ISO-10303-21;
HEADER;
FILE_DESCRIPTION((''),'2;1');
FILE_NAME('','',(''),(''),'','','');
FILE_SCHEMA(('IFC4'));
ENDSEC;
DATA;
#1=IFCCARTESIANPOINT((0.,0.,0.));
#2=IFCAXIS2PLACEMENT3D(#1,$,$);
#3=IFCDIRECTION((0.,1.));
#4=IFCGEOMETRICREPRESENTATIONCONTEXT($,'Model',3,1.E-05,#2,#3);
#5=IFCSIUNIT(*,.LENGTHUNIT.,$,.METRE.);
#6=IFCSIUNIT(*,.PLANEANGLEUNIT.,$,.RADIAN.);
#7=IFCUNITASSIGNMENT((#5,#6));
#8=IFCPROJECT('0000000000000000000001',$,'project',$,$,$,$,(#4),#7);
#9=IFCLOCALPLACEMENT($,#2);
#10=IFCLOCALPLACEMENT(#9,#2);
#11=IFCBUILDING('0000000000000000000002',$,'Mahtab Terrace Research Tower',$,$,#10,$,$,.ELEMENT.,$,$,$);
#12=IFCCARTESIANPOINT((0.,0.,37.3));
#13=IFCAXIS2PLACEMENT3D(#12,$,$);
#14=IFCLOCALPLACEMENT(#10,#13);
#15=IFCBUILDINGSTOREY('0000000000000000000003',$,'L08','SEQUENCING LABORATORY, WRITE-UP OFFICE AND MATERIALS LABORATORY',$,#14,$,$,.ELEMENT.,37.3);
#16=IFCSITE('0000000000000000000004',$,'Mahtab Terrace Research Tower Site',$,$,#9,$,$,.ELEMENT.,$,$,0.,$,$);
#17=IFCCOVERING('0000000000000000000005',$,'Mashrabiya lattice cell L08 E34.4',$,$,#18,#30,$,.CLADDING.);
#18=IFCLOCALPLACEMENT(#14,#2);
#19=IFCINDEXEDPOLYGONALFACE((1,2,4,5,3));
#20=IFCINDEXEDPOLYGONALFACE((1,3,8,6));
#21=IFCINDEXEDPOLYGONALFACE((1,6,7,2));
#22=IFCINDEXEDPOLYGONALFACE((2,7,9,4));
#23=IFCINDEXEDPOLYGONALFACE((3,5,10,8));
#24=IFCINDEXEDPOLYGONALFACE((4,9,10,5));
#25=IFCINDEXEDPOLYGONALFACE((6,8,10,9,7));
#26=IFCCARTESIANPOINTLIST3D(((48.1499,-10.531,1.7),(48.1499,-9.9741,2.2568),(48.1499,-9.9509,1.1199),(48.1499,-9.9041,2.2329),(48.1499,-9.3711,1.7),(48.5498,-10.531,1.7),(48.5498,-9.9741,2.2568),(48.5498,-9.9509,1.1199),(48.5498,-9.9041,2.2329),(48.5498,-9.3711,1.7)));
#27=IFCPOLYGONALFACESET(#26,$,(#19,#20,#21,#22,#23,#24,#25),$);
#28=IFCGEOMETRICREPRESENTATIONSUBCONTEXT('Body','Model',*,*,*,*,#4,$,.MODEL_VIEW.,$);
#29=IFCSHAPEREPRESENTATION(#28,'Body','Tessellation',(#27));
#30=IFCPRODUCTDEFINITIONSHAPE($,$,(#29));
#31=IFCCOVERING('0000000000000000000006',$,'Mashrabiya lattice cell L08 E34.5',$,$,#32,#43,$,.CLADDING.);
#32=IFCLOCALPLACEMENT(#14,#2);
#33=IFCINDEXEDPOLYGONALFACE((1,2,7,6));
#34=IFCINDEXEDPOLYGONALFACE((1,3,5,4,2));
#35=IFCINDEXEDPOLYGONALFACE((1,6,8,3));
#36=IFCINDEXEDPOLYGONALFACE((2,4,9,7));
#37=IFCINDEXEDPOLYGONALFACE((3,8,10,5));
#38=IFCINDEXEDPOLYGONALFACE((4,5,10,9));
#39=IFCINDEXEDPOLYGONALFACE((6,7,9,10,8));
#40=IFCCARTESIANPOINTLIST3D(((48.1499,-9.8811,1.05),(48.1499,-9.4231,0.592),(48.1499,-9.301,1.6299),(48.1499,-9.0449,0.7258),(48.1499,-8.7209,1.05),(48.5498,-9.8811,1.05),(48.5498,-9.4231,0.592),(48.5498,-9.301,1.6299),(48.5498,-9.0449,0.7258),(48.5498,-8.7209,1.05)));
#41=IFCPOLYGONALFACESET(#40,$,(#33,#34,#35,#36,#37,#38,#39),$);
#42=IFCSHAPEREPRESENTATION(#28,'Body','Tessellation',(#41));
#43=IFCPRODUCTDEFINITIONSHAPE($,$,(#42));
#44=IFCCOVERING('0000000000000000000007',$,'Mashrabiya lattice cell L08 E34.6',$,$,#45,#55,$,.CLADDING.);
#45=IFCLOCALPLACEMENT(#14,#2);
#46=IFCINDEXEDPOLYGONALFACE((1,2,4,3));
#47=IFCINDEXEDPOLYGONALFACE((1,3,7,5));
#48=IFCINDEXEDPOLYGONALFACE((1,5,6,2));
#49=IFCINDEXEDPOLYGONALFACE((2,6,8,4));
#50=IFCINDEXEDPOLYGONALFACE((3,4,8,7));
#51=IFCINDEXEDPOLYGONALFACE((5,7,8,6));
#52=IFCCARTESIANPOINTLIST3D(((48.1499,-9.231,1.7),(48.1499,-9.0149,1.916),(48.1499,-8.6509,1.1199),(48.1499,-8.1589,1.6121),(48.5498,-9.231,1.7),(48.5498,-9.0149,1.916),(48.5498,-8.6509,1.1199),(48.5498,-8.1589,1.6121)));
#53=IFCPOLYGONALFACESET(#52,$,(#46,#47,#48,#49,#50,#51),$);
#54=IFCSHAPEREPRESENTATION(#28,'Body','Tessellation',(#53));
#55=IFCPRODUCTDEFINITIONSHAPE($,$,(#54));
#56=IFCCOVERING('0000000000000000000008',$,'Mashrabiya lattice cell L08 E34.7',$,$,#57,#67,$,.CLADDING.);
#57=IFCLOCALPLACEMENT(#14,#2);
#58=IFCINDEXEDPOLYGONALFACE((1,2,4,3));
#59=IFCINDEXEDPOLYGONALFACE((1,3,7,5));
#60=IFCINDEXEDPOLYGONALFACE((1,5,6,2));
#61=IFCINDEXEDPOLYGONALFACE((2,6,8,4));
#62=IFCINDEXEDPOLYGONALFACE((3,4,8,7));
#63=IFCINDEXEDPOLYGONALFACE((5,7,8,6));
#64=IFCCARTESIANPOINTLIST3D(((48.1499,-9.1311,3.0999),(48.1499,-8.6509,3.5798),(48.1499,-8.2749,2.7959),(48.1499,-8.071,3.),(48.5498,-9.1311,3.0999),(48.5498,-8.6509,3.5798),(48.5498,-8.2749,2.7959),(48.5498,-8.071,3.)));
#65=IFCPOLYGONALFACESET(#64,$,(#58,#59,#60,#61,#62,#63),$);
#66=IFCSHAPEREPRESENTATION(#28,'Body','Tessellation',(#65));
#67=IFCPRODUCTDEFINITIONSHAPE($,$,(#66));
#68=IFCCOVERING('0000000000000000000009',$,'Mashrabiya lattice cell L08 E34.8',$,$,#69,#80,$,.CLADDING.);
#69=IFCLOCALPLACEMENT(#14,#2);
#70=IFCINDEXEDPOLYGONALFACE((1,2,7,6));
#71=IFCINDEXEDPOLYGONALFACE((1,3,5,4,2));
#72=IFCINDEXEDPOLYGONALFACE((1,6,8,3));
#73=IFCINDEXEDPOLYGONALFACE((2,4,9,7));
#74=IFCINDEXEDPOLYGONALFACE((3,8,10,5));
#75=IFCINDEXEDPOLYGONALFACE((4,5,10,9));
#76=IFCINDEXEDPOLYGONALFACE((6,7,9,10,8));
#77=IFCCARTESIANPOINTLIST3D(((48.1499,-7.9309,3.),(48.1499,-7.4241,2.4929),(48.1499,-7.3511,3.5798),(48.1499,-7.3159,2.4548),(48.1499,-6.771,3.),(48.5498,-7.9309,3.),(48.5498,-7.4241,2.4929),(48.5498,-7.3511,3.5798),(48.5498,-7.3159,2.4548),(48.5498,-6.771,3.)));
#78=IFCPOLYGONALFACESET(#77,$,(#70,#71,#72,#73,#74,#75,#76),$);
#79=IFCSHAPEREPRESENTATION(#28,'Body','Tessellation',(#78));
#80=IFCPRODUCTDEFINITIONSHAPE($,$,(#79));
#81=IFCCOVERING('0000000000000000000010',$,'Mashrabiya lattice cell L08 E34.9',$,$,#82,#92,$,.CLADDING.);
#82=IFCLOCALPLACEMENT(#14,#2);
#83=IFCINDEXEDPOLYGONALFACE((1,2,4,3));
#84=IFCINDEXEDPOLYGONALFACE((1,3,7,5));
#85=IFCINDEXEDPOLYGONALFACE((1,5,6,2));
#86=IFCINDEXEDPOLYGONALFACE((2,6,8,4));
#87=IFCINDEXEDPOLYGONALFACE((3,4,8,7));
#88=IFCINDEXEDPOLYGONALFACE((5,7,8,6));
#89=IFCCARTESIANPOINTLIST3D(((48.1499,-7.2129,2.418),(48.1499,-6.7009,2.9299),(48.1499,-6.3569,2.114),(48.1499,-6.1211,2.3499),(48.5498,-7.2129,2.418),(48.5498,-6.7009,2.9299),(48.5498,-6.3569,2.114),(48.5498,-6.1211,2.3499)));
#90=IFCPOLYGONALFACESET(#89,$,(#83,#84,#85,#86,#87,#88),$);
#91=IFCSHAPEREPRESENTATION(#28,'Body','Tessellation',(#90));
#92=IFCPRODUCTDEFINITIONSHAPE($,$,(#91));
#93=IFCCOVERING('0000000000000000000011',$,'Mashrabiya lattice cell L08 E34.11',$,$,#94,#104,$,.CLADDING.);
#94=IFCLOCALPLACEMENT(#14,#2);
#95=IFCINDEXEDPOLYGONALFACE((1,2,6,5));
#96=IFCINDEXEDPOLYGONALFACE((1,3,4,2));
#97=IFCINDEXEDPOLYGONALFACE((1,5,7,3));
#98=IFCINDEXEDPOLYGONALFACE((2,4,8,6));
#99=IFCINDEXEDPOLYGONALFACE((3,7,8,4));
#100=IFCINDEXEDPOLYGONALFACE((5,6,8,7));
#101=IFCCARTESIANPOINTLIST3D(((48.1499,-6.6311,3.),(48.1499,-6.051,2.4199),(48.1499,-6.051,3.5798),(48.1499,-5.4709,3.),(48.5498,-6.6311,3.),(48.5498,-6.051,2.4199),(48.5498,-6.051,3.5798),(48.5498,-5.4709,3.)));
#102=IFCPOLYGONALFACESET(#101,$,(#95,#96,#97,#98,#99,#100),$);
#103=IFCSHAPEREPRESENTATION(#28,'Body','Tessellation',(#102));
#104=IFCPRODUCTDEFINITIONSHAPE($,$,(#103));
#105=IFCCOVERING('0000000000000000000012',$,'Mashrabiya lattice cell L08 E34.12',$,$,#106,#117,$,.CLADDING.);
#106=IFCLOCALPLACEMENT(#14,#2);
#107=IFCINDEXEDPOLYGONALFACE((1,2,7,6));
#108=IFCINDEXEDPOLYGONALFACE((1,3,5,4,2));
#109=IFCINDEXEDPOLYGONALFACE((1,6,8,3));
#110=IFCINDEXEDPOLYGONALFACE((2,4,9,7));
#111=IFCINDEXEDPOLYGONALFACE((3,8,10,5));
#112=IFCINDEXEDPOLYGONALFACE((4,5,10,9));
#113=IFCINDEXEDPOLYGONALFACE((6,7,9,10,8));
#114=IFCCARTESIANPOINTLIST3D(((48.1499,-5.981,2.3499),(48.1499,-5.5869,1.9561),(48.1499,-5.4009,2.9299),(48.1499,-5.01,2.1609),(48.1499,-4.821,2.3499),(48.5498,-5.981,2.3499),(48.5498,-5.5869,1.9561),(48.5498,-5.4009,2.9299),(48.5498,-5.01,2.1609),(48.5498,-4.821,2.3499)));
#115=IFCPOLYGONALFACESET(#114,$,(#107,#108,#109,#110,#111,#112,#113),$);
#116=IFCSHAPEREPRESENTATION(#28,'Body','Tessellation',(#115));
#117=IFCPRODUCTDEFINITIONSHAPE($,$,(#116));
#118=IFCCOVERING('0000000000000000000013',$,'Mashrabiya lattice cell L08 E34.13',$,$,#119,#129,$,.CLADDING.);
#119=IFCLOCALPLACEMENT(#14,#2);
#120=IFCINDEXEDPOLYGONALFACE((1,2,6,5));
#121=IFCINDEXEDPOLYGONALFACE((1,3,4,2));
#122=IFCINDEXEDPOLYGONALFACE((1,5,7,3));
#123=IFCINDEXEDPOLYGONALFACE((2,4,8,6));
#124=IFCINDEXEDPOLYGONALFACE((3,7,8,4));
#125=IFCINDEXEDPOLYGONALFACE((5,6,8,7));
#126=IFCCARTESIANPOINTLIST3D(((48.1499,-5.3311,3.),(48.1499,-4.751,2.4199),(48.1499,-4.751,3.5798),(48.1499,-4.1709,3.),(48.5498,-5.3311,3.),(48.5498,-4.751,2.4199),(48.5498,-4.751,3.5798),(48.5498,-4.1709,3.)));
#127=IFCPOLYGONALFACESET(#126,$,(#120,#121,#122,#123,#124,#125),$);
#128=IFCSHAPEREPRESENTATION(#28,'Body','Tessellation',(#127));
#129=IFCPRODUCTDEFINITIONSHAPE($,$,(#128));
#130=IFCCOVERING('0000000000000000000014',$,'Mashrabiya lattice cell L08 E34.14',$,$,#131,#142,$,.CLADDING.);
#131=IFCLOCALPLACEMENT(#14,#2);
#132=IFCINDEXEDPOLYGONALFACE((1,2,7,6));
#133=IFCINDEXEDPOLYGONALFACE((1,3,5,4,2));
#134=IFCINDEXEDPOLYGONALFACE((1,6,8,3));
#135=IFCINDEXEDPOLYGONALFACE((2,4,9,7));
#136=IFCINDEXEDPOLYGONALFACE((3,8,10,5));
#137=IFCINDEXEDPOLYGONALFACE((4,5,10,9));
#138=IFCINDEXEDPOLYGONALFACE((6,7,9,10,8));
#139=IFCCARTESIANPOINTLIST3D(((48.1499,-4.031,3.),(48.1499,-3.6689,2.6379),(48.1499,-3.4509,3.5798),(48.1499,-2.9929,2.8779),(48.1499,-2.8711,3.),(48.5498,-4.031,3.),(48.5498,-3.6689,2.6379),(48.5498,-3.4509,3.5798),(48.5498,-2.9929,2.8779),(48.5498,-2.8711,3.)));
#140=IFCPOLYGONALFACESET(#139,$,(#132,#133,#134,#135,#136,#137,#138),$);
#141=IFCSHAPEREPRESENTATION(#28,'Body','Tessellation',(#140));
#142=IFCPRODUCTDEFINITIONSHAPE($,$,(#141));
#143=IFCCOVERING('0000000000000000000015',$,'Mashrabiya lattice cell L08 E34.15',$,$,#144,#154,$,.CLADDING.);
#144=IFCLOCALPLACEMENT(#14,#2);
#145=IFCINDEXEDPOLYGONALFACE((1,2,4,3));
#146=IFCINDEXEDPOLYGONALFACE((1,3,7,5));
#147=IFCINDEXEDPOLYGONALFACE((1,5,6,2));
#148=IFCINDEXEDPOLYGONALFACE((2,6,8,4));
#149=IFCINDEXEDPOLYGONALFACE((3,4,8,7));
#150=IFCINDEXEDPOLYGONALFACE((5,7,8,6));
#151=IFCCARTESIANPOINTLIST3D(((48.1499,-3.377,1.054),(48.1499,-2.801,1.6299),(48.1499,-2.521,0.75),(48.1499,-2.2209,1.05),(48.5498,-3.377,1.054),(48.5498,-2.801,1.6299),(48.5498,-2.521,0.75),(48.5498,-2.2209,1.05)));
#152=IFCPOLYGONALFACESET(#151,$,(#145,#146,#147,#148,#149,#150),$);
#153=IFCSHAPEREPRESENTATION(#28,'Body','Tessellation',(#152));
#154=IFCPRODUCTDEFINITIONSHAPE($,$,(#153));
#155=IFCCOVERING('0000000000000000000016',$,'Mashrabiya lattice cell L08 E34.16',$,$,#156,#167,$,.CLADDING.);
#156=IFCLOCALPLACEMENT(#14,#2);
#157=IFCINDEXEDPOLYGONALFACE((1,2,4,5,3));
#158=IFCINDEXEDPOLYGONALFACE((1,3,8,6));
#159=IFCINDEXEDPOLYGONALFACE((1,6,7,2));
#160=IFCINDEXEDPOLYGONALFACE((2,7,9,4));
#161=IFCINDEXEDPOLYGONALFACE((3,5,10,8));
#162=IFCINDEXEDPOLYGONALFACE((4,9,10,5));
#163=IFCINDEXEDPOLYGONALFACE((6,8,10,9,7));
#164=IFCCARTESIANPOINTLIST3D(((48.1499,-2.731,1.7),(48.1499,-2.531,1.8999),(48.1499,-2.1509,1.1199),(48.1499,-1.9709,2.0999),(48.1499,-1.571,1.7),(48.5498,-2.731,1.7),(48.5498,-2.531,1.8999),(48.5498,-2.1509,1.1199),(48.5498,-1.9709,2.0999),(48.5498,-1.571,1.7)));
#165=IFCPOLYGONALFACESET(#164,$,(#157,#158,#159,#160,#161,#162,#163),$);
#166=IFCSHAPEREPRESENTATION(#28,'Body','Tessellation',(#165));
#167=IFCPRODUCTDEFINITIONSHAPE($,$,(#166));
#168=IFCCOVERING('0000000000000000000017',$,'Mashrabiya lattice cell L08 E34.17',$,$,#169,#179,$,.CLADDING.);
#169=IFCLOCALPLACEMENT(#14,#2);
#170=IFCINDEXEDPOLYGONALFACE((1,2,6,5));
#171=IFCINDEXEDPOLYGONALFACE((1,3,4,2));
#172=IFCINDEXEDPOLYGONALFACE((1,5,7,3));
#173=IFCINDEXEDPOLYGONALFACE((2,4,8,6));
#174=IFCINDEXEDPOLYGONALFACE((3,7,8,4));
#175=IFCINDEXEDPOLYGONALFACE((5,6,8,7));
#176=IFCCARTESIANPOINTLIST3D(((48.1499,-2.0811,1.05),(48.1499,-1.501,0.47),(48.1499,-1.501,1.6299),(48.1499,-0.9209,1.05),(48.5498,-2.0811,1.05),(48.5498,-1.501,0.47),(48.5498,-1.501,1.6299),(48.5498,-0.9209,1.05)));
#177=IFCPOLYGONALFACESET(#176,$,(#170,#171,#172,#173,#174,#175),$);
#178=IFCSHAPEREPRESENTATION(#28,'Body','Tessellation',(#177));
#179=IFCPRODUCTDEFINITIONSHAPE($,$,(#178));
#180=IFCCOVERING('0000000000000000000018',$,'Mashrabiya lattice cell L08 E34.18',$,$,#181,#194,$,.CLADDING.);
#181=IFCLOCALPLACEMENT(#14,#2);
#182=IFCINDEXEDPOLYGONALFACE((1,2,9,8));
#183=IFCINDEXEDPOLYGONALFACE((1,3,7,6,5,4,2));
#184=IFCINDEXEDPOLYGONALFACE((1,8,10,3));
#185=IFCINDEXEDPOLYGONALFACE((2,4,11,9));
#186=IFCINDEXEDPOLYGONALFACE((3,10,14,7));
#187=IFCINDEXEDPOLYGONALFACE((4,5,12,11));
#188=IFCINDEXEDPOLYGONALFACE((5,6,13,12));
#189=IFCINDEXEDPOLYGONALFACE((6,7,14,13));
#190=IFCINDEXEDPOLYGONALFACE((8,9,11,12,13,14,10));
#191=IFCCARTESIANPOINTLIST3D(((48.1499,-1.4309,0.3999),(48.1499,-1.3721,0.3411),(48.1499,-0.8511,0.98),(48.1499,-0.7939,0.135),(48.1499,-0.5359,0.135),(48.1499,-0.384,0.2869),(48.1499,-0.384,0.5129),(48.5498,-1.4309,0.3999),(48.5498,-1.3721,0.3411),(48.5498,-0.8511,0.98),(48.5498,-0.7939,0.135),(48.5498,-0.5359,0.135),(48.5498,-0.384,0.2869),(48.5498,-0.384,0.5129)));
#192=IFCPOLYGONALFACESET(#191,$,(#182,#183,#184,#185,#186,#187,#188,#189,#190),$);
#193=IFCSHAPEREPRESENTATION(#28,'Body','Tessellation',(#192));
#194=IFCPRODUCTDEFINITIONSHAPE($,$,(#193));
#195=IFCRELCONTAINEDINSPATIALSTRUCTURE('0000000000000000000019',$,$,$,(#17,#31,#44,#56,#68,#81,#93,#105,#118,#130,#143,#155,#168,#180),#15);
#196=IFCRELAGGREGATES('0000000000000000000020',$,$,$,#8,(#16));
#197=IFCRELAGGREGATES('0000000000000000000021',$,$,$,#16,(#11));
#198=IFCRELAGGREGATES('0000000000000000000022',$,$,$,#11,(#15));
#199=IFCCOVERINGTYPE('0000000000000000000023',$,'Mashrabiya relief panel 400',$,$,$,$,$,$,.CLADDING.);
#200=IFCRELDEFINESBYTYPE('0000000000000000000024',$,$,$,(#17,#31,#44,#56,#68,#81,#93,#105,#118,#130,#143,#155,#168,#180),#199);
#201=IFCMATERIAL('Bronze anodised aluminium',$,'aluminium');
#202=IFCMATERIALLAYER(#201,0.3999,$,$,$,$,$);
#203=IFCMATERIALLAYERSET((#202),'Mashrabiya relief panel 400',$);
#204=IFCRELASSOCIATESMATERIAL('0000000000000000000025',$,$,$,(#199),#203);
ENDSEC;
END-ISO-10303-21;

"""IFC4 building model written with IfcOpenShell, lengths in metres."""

from ifc_helpers import new_model, si_unit, direction, frame, origin, place, context, subcontext, project, spatial, polyline, outline, extrude, material, layer, layer_set, type_object, element, save


model = new_model("IFC4")

# Units and contexts
model_context = context("Model", 3, precision=1e-05, world=origin(), true_north=direction((0.0, 1.0)))
body_context = subcontext(model_context, "Body", "Model", "MODEL_VIEW")
ifc_project = project(units=[si_unit("LENGTHUNIT", "METRE"), si_unit("PLANEANGLEUNIT", "RADIAN")], contexts=[model_context])

# Site, building, storey
site_placement = place(None, origin())
site = spatial("IfcSite", under=ifc_project, at=site_placement, Name="Mahtab Terrace Research Tower Site", CompositionType="ELEMENT", RefElevation=0.0)
building_placement = place(site_placement, origin())
building = spatial("IfcBuilding", under=site, at=building_placement, Name="Mahtab Terrace Research Tower", CompositionType="ELEMENT")
storey_placement = place(building_placement, frame((0.0, 0.0, 37.3)))
storey = spatial("IfcBuildingStorey", under=building, at=storey_placement, Name="L08", Description="SEQUENCING LABORATORY, WRITE-UP OFFICE AND MATERIALS LABORATORY", CompositionType="ELEMENT", Elevation=37.3)

# Coverings
ifc_material = material(Name="Bronze anodised aluminium", Category="aluminium")
ifc_layer = layer(ifc_material, 0.3999)
ifc_layer_set = layer_set([ifc_layer], Name="Mashrabiya relief panel 400")
covering_type = type_object("IfcCoveringType", Name="Mashrabiya relief panel 400", PredefinedType="CLADDING", material=ifc_layer_set)
covering_1_placement = place(storey_placement, frame((48.1499, -9.3711, 1.7), z_axis=(-1.0, 0.0, 0.0), x_axis=(0.0, -0.706958, -0.707256)))
element("IfcCovering", 1, at=covering_1_placement, inside=storey, type_object=covering_type, Name="Mashrabiya lattice cell L08 E34.4", PredefinedType="CLADDING", context=body_context, shape_type="SweptSolid", body=[
    extrude(outline(polyline([(0.0, 0.0), (0.8202, 0.0), (0.82, 0.8204), (0.0325, 0.8202), (-0.0002, 0.7537), (0.0, 0.0)])), origin(), (0.0, 0.0, -1.0), 0.3999),
])
covering_2_placement = place(storey_placement, frame((48.1499, -9.8811, 1.05), z_axis=(-1.0, 0.0, 0.0), x_axis=(0.0, 0.707256, 0.706958)))
element("IfcCovering", 2, at=covering_2_placement, inside=storey, type_object=covering_type, Name="Mashrabiya lattice cell L08 E34.5", PredefinedType="CLADDING", context=body_context, shape_type="SweptSolid", body=[
    extrude(outline(polyline([(0.0, 0.0), (0.8202, 0.0), (0.8205, 0.8202), (0.3622, 0.8205), (0.0001, 0.6477), (0.0, 0.0)])), origin(), (0.0, 0.0, -1.0), 0.3999),
])
covering_3_placement = place(storey_placement, frame((48.1499, -8.6509, 1.1199), z_axis=(-1.0, 0.0, 0.0), x_axis=(0.0, -0.707107, 0.707107)))
element("IfcCovering", 3, at=covering_3_placement, inside=storey, type_object=covering_type, Name="Mashrabiya lattice cell L08 E34.6", PredefinedType="CLADDING", context=body_context, shape_type="SweptSolid", body=[
    extrude(outline(polyline([(0.0, 0.0), (0.8204, 0.0), (0.8204, 0.3056), (0.0002, 0.6959), (0.0, 0.0)])), origin(), (0.0, 0.0, -1.0), 0.3999),
])
covering_4_placement = place(storey_placement, frame((48.1499, -8.6509, 3.5798), z_axis=(-1.0, 0.0, 0.0), x_axis=(0.0, 0.707107, -0.707107)))
element("IfcCovering", 4, at=covering_4_placement, inside=storey, type_object=covering_type, Name="Mashrabiya lattice cell L08 E34.7", PredefinedType="CLADDING", context=body_context, shape_type="SweptSolid", body=[
    extrude(outline(polyline([(0.0, 0.0), (0.82, 0.0), (0.8202, 0.2885), (-0.0002, 0.679), (0.0, 0.0)])), origin(), (0.0, 0.0, -1.0), 0.3999),
])
covering_5_placement = place(storey_placement, frame((48.1499, -7.9309, 3.0), z_axis=(-1.0, 0.0, 0.0), x_axis=(0.0, 0.707107, 0.707107)))
element("IfcCovering", 5, at=covering_5_placement, inside=storey, type_object=covering_type, Name="Mashrabiya lattice cell L08 E34.8", PredefinedType="CLADDING", context=body_context, shape_type="SweptSolid", body=[
    extrude(outline(polyline([(0.0, 0.0), (0.82, 0.0), (0.8202, 0.8202), (0.0494, 0.8204), (-0.0002, 0.7169), (0.0, 0.0)])), origin(), (0.0, 0.0, -1.0), 0.3999),
])
covering_6_placement = place(storey_placement, frame((48.1499, -6.7009, 2.9299), z_axis=(-1.0, 0.0, 0.0), x_axis=(0.0, 0.706958, -0.707256)))
element("IfcCovering", 6, at=covering_6_placement, inside=storey, type_object=covering_type, Name="Mashrabiya lattice cell L08 E34.9", PredefinedType="CLADDING", context=body_context, shape_type="SweptSolid", body=[
    extrude(outline(polyline([(0.0, 0.0), (0.8202, 0.0), (0.8203, 0.3335), (0.0002, 0.724), (0.0, 0.0)])), origin(), (0.0, 0.0, -1.0), 0.3999),
])
covering_7_placement = place(storey_placement, frame((48.1499, -6.051, 3.5798), z_axis=(-1.0, 0.0, 0.0), x_axis=(0.0, 0.707256, -0.706958)))
element("IfcCovering", 7, at=covering_7_placement, inside=storey, type_object=covering_type, Name="Mashrabiya lattice cell L08 E34.11", PredefinedType="CLADDING", context=body_context, shape_type="SweptSolid", body=[
    extrude(outline(polyline([(0.0, 0.0), (0.8202, 0.0), (0.82, 0.8204), (-0.0003, 0.8202), (0.0, 0.0)])), origin(), (0.0, 0.0, -1.0), 0.3999),
])
covering_8_placement = place(storey_placement, frame((48.1499, -5.981, 2.3499), z_axis=(-1.0, 0.0, 0.0), x_axis=(0.0, 0.707107, 0.707107)))
element("IfcCovering", 8, at=covering_8_placement, inside=storey, type_object=covering_type, Name="Mashrabiya lattice cell L08 E34.12", PredefinedType="CLADDING", context=body_context, shape_type="SweptSolid", body=[
    extrude(outline(polyline([(0.0, 0.0), (0.8204, 0.0), (0.8202, 0.8202), (0.5529, 0.8202), (0.0002, 0.5571), (0.0, 0.0)])), origin(), (0.0, 0.0, -1.0), 0.3999),
])
covering_9_placement = place(storey_placement, frame((48.1499, -4.751, 3.5798), z_axis=(-1.0, 0.0, 0.0), x_axis=(0.0, 0.707256, -0.706958)))
element("IfcCovering", 9, at=covering_9_placement, inside=storey, type_object=covering_type, Name="Mashrabiya lattice cell L08 E34.13", PredefinedType="CLADDING", context=body_context, shape_type="SweptSolid", body=[
    extrude(outline(polyline([(0.0, 0.0), (0.8202, 0.0), (0.82, 0.8204), (-0.0003, 0.8202), (0.0, 0.0)])), origin(), (0.0, 0.0, -1.0), 0.3999),
])
covering_10_placement = place(storey_placement, frame((48.1499, -4.031, 3.0), z_axis=(-1.0, 0.0, 0.0), x_axis=(0.0, 0.707256, 0.706958)))
element("IfcCovering", 10, at=covering_10_placement, inside=storey, type_object=covering_type, Name="Mashrabiya lattice cell L08 E34.14", PredefinedType="CLADDING", context=body_context, shape_type="SweptSolid", body=[
    extrude(outline(polyline([(0.0, 0.0), (0.8202, 0.0), (0.8204, 0.82), (0.6479, 0.8202), (0.0001, 0.512), (0.0, 0.0)])), origin(), (0.0, 0.0, -1.0), 0.3999),
])
covering_11_placement = place(storey_placement, frame((48.1499, -2.801, 1.6299), z_axis=(-1.0, 0.0, 0.0), x_axis=(0.0, 0.707256, -0.706958)))
element("IfcCovering", 11, at=covering_11_placement, inside=storey, type_object=covering_type, Name="Mashrabiya lattice cell L08 E34.15", PredefinedType="CLADDING", context=body_context, shape_type="SweptSolid", body=[
    extrude(outline(polyline([(0.0, 0.0), (0.8202, 0.0), (0.8201, 0.4243), (-0.0002, 0.8145), (0.0, 0.0)])), origin(), (0.0, 0.0, -1.0), 0.3999),
])
covering_12_placement = place(storey_placement, frame((48.1499, -1.571, 1.7), z_axis=(-1.0, 0.0, 0.0), x_axis=(0.0, -0.706958, -0.707256)))
element("IfcCovering", 12, at=covering_12_placement, inside=storey, type_object=covering_type, Name="Mashrabiya lattice cell L08 E34.16", PredefinedType="CLADDING", context=body_context, shape_type="SweptSolid", body=[
    extrude(outline(polyline([(0.0, 0.0), (0.8202, 0.0), (0.82, 0.8204), (0.5372, 0.8203), (-0.0001, 0.5655), (0.0, 0.0)])), origin(), (0.0, 0.0, -1.0), 0.3999),
])
covering_13_placement = place(storey_placement, frame((48.1499, -1.501, 1.6299), z_axis=(-1.0, 0.0, 0.0), x_axis=(0.0, 0.707256, -0.706958)))
element("IfcCovering", 13, at=covering_13_placement, inside=storey, type_object=covering_type, Name="Mashrabiya lattice cell L08 E34.17", PredefinedType="CLADDING", context=body_context, shape_type="SweptSolid", body=[
    extrude(outline(polyline([(0.0, 0.0), (0.8202, 0.0), (0.82, 0.8204), (-0.0003, 0.8202), (0.0, 0.0)])), origin(), (0.0, 0.0, -1.0), 0.3999),
])
covering_14_placement = place(storey_placement, frame((48.1499, -1.4309, 0.3999), z_axis=(-1.0, 0.0, 0.0), x_axis=(0.0, 0.706958, 0.707256)))
element("IfcCovering", 14, at=covering_14_placement, inside=storey, type_object=covering_type, Name="Mashrabiya lattice cell L08 E34.18", PredefinedType="CLADDING", context=body_context, shape_type="SweptSolid", body=[
    extrude(outline(polyline([(0.0, 0.0), (0.8202, 0.0), (0.82, 0.6605), (0.6602, 0.8203), (0.4454, 0.8203), (0.263, 0.6378), (0.0, 0.0832), (0.0, 0.0)])), origin(), (0.0, 0.0, -1.0), 0.3999),
])

save(model, "model.ifc")
